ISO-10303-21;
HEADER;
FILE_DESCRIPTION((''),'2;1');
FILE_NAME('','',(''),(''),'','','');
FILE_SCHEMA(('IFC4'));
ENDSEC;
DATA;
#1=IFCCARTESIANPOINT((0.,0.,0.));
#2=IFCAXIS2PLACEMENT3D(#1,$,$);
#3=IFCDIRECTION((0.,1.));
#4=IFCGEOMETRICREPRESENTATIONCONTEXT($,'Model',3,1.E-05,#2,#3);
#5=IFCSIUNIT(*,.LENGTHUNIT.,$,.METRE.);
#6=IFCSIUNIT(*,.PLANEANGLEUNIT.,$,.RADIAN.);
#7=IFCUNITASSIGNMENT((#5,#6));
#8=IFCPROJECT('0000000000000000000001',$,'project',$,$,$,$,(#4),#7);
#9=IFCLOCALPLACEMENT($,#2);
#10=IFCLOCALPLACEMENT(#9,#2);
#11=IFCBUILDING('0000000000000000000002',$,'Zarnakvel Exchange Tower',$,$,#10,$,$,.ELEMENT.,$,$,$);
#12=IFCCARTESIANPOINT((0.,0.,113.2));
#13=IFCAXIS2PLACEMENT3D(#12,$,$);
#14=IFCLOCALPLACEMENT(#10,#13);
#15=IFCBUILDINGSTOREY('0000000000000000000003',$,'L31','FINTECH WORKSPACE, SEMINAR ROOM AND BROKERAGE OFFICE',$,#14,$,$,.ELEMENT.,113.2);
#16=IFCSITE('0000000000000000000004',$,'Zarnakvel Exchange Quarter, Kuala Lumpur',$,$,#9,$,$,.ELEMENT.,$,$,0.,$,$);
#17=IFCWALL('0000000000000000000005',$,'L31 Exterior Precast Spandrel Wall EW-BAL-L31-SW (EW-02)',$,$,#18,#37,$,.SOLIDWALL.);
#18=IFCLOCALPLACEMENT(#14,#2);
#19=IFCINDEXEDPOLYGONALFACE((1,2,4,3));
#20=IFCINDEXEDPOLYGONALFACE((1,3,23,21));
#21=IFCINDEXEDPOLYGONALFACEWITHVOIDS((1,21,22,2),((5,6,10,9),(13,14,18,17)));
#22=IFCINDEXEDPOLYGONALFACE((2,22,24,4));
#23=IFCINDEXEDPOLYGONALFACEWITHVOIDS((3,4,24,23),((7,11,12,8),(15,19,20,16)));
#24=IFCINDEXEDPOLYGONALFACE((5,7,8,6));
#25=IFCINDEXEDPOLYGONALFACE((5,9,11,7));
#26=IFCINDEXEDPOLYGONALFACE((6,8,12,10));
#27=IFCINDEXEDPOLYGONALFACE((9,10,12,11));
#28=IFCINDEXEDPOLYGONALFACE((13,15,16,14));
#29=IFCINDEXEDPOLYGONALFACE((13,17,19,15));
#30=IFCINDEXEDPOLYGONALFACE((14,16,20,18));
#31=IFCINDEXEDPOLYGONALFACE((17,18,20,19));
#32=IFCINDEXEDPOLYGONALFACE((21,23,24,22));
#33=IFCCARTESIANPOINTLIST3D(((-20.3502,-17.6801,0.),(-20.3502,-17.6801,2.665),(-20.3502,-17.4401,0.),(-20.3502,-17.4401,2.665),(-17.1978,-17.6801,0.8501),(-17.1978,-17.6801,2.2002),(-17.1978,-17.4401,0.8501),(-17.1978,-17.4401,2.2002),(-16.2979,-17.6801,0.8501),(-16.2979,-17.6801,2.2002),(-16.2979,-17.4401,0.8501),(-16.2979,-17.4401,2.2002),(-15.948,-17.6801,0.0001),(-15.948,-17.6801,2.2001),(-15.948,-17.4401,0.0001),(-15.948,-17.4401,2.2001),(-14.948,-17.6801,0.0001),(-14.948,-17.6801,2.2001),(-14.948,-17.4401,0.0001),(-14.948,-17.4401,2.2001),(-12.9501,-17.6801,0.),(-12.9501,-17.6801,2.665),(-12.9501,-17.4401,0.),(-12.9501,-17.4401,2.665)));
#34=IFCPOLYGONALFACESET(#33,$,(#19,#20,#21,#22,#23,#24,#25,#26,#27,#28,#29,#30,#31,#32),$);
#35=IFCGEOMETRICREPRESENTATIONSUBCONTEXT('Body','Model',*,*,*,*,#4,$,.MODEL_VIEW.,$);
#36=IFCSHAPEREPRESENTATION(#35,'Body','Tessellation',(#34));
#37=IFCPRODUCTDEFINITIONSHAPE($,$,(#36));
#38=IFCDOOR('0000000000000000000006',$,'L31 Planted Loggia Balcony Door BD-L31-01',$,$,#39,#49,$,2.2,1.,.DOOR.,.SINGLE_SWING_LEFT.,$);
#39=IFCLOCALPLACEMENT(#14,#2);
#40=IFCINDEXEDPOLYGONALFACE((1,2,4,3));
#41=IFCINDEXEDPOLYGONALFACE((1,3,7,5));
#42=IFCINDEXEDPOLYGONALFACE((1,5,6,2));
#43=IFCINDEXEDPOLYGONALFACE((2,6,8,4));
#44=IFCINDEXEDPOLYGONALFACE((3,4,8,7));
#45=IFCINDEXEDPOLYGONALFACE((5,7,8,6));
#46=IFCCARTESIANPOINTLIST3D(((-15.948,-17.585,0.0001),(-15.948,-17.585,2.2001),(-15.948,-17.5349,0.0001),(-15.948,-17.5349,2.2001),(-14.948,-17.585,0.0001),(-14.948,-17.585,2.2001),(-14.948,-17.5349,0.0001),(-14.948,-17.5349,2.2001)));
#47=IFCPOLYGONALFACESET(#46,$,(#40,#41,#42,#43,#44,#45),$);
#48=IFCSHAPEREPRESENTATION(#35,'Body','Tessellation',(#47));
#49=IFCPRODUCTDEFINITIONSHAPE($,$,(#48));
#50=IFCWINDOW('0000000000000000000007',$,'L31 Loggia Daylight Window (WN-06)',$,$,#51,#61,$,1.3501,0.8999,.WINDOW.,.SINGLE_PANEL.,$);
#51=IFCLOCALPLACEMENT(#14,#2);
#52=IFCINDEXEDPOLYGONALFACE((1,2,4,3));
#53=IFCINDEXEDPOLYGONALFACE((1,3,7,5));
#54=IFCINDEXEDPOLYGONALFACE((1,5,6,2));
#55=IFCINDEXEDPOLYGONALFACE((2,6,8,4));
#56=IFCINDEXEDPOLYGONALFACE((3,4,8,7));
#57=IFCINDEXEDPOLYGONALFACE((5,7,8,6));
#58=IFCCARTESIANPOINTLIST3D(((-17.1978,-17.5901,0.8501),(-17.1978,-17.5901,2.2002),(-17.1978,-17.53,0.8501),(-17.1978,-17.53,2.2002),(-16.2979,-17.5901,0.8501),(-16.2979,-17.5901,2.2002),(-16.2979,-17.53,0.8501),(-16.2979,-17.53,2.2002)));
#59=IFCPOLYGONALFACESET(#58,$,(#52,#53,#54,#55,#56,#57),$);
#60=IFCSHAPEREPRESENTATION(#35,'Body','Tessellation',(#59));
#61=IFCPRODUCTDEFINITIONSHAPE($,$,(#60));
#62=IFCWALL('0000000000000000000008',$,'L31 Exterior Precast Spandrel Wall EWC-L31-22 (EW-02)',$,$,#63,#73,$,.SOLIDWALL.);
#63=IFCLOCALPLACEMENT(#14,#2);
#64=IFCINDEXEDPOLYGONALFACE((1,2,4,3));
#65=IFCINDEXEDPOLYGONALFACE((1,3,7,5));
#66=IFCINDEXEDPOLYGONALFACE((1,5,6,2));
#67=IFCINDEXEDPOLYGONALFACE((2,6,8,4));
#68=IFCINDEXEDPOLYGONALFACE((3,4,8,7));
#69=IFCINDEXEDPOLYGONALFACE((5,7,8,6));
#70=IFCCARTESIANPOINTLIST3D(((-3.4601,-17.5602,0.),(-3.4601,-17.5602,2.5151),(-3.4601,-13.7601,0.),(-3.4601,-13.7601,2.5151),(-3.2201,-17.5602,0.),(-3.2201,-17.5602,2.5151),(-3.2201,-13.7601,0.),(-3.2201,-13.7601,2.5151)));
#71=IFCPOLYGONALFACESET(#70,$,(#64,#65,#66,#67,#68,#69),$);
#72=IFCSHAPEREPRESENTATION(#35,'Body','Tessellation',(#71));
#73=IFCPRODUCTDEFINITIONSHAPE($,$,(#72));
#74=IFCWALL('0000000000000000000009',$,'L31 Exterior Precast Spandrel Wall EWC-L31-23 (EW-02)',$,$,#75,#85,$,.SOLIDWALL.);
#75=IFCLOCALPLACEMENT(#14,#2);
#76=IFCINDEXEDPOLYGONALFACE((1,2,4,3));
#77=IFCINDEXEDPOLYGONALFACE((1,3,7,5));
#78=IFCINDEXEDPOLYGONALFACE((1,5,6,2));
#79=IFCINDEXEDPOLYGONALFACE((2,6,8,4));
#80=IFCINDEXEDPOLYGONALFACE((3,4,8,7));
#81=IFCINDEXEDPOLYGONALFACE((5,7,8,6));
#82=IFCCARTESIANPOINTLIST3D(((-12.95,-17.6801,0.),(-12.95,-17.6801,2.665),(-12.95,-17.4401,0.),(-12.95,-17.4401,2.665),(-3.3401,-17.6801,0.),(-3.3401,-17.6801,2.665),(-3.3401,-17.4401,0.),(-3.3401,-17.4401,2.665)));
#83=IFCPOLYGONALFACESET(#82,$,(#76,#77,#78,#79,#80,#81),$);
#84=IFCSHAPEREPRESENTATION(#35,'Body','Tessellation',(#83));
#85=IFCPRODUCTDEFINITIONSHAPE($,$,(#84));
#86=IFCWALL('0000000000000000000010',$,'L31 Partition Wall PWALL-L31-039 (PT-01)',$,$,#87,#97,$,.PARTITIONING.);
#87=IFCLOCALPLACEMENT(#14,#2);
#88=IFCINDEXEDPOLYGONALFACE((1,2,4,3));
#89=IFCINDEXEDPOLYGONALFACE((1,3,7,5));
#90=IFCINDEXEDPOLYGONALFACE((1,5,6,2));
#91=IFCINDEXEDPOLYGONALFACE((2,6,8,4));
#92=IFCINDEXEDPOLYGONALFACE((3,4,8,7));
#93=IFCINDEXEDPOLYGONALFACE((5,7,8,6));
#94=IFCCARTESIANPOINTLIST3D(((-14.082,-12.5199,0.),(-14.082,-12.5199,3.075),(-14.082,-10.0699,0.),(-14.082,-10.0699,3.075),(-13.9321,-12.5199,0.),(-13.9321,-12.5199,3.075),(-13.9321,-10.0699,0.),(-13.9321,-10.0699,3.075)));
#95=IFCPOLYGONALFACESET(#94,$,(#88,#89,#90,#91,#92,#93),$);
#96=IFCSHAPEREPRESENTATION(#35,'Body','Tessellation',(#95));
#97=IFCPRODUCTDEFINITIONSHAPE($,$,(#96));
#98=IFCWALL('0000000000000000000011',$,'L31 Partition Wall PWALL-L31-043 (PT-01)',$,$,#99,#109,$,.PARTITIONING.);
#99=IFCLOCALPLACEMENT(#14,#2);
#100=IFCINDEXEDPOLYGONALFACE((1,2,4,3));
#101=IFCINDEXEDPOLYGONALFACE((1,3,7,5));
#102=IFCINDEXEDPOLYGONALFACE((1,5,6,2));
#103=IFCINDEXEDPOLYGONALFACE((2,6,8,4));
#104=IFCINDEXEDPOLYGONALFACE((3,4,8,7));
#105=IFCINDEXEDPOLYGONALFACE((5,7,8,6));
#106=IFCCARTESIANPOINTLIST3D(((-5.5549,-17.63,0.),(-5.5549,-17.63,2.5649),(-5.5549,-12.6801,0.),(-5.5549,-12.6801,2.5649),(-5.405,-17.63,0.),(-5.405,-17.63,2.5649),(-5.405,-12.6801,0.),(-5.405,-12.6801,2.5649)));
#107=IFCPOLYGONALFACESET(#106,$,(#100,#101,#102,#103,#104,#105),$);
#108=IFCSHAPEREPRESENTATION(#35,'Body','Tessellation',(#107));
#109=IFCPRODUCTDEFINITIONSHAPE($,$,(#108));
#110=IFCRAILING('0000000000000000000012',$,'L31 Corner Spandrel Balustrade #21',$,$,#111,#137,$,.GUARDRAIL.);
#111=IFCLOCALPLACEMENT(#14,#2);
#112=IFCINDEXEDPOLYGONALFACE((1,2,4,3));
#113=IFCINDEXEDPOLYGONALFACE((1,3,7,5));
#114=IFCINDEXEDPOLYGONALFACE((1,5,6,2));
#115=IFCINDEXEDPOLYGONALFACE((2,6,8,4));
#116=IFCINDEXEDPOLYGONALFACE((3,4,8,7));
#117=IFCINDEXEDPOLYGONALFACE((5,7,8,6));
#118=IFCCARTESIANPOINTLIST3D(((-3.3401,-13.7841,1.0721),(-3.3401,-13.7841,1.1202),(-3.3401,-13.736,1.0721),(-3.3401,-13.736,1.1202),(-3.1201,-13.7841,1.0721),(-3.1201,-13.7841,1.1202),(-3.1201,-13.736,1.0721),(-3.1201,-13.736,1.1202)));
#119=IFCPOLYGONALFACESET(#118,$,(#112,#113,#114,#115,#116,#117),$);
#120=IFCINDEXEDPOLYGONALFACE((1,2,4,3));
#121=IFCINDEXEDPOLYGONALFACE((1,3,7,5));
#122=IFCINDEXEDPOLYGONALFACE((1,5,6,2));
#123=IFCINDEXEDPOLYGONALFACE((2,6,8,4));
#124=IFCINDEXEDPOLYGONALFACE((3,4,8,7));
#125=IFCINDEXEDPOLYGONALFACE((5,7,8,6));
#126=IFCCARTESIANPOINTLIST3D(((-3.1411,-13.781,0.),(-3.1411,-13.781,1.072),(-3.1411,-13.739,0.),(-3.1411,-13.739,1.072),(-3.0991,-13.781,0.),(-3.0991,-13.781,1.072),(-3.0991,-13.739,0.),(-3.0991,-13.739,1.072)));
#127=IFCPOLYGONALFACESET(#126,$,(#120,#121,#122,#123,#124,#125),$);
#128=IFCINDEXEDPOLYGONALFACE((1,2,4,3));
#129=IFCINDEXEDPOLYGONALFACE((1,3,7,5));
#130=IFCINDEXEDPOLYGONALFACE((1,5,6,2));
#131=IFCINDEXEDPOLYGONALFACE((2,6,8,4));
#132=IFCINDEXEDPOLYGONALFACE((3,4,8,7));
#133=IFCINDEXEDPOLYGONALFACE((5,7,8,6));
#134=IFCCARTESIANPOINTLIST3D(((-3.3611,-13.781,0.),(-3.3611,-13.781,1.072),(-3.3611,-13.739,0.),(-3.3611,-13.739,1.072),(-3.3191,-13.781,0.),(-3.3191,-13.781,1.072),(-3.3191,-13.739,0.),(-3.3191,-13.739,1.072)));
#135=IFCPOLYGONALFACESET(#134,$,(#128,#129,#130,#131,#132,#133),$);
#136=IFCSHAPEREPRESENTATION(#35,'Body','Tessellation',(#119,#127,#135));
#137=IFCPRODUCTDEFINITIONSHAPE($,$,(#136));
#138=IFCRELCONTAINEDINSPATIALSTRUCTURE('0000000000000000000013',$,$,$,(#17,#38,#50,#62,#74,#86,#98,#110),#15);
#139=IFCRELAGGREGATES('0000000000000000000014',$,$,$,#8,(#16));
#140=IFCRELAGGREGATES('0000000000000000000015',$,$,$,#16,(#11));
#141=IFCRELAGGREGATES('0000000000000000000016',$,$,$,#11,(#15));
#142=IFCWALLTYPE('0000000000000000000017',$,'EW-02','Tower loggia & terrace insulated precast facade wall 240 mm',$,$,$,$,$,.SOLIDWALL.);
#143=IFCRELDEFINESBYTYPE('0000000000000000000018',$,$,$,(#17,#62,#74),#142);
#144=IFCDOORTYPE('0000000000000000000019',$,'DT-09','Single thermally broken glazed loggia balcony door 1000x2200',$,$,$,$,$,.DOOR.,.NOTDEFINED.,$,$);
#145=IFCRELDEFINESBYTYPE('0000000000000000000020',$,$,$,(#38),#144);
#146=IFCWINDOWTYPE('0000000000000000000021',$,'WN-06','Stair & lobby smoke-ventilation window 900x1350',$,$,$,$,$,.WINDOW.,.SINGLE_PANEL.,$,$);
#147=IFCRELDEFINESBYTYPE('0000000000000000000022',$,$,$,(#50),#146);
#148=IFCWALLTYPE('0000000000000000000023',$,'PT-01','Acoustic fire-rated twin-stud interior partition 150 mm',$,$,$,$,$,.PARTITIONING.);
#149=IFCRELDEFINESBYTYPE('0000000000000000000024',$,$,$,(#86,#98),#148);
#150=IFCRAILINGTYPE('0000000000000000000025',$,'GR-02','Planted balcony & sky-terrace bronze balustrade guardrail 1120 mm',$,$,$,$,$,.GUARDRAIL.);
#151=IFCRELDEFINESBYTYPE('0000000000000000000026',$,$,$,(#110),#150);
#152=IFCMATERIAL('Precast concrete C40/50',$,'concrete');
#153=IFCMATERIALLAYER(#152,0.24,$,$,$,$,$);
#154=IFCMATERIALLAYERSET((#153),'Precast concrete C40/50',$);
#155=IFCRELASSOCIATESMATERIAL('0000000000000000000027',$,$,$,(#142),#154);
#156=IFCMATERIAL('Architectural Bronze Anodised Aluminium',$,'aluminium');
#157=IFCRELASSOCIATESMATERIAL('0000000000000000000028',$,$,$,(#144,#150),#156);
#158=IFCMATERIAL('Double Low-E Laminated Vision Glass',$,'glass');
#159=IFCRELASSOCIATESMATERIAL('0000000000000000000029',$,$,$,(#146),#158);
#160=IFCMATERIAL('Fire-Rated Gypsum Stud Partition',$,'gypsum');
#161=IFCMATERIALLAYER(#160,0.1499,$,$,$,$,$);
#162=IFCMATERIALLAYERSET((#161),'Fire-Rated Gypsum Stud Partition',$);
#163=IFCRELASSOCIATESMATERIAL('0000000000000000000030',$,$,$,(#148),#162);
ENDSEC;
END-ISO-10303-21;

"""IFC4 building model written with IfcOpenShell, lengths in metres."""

from ifc_helpers import new_model, si_unit, direction, frame, frame_2d, origin, origin_2d, place, context, subcontext, project, spatial, rectangle, extrude, source, transform, mapped, material, layer, layer_set, type_object, element, fill, save


model = new_model("IFC4")

# Units and contexts
model_context = context("Model", 3, precision=1e-05, world=origin(), true_north=direction((0.0, 1.0)))
body_context = subcontext(model_context, "Body", "Model", "MODEL_VIEW")
ifc_project = project(units=[si_unit("LENGTHUNIT", "METRE"), si_unit("PLANEANGLEUNIT", "RADIAN")], contexts=[model_context])

# Site, building, storey
site_placement = place(None, origin())
site = spatial("IfcSite", under=ifc_project, at=site_placement, Name="Zarnakvel Exchange Quarter, Kuala Lumpur", CompositionType="ELEMENT", RefElevation=0.0)
building_placement = place(site_placement, origin())
building = spatial("IfcBuilding", under=site, at=building_placement, Name="Zarnakvel Exchange Tower", CompositionType="ELEMENT")
storey_placement = place(building_placement, frame((0.0, 0.0, 113.2)))
storey = spatial("IfcBuildingStorey", under=building, at=storey_placement, Name="L31", Description="FINTECH WORKSPACE, SEMINAR ROOM AND BROKERAGE OFFICE", CompositionType="ELEMENT", Elevation=113.2)

# Shared definitions
ifc_material_1 = material(Name="Architectural Bronze Anodised Aluminium", Category="aluminium")

# Shared definitions
ifc_material_2 = material(Name="Double Low-E Laminated Vision Glass", Category="glass")

# Wall, openings, door, window
ifc_material_3 = material(Name="Precast concrete C40/50", Category="concrete")
ifc_layer_1 = layer(ifc_material_3, 0.24)
ifc_layer_set_1 = layer_set([ifc_layer_1], Name="Precast concrete C40/50")
wall_type_1 = type_object("IfcWallType", Name="EW-02", Description="Tower loggia & terrace insulated precast facade wall 240 mm", PredefinedType="SOLIDWALL", material=ifc_layer_set_1)
wall_1_placement = place(storey_placement, frame((-12.95, -17.5601, 0.0), z_axis=(0.0, 0.0, 1.0), x_axis=(-1.0, 0.0, 0.0)))
wall_1 = element("IfcWall", 1, at=wall_1_placement, inside=storey, type_object=wall_type_1, Name="L31 Exterior Precast Spandrel Wall EW-BAL-L31-SW (EW-02)", PredefinedType="SOLIDWALL", context=body_context, shape_type="SweptSolid", body=[
    extrude(rectangle(XDim=7.4001, YDim=0.24, at=frame_2d((3.7002, 0.0))), origin(), (0.0, 0.0, 1.0), 2.665),
])
opening_1_placement = place(wall_1_placement, frame((1.998, 0.0, 0.0)))
opening_1 = element("IfcOpeningElement", 2, at=opening_1_placement, cuts=wall_1, PredefinedType="OPENING", context=body_context, shape_type="SweptSolid", body=[
    extrude(rectangle(XDim=1.0, YDim=2.2, at=frame_2d((0.5, 1.1001))), frame((0.0, 0.1299, 0.0), z_axis=(0.0, -1.0, 0.0), x_axis=(1.0, 0.0, 0.0)), (0.0, 0.0, 1.0), 0.26),
])
opening_2_placement = place(wall_1_placement, frame((3.3479, 0.0, 0.8501)))
opening_2 = element("IfcOpeningElement", 3, at=opening_2_placement, cuts=wall_1, PredefinedType="OPENING", context=body_context, shape_type="SweptSolid", body=[
    extrude(rectangle(XDim=0.8999, YDim=1.3501, at=frame_2d((0.45, 0.675))), frame((0.0, 0.1299, 0.0), z_axis=(0.0, -1.0, 0.0), x_axis=(1.0, 0.0, 0.0)), (0.0, 0.0, 1.0), 0.26),
])
door_type_1 = type_object("IfcDoorType", Name="DT-09", Description="Single thermally broken glazed loggia balcony door 1000x2200", OperationType="NOTDEFINED", PredefinedType="DOOR", material=ifc_material_1)
shared_shape_1 = source(origin(), body_context, "Body", "SweptSolid", [
    extrude(rectangle(XDim=1.0, YDim=2.2, at=frame_2d((0.5, 1.1001))), frame((0.0, 0.0249, 0.0), z_axis=(0.0, -1.0, 0.0), x_axis=(1.0, 0.0, 0.0)), (0.0, 0.0, 1.0), 0.05),
])
door_1_placement = place(opening_1_placement, origin())
door_1 = element("IfcDoor", 4, at=door_1_placement, inside=storey, type_object=door_type_1, Name="L31 Planted Loggia Balcony Door BD-L31-01", OperationType="SINGLE_SWING_LEFT", OverallHeight=2.2, OverallWidth=1.0, PredefinedType="DOOR", context=body_context, shape_type="MappedRepresentation", body=[
    mapped(shared_shape_1, transform((0.0, 0.0, 0.0), x_axis=(1.0, 0.0, 0.0), y_axis=(0.0, 1.0, 0.0), z_axis=(0.0, 0.0, 1.0), scale=1.0)),
])
fill(opening_1, door_1)
window_type = type_object("IfcWindowType", Name="WN-06", Description="Stair & lobby smoke-ventilation window 900x1350", PartitioningType="SINGLE_PANEL", PredefinedType="WINDOW", material=ifc_material_2)
shared_shape_2 = source(origin(), body_context, "Body", "SweptSolid", [
    extrude(rectangle(XDim=0.8999, YDim=1.3501, at=frame_2d((0.45, 0.675))), frame((0.0, 0.03, 0.0), z_axis=(0.0, -1.0, 0.0), x_axis=(1.0, 0.0, 0.0)), (0.0, 0.0, 1.0), 0.0601),
])
window_placement = place(opening_2_placement, origin())
window = element("IfcWindow", 5, at=window_placement, inside=storey, type_object=window_type, Name="L31 Loggia Daylight Window (WN-06)", OverallHeight=1.3501, OverallWidth=0.8999, PartitioningType="SINGLE_PANEL", PredefinedType="WINDOW", context=body_context, shape_type="MappedRepresentation", body=[
    mapped(shared_shape_2, transform((0.0, 0.0, 0.0), x_axis=(1.0, 0.0, 0.0), y_axis=(0.0, 1.0, 0.0), z_axis=(0.0, 0.0, 1.0), scale=1.0)),
])
fill(opening_2, window)

# Walls
wall_2_placement = place(storey_placement, frame((-3.3401, -17.5601, 0.0), z_axis=(0.0, 0.0, 1.0), x_axis=(0.0, 1.0, 0.0)))
element("IfcWall", 6, at=wall_2_placement, inside=storey, type_object=wall_type_1, Name="L31 Exterior Precast Spandrel Wall EWC-L31-22 (EW-02)", PredefinedType="SOLIDWALL", context=body_context, shape_type="SweptSolid", body=[
    extrude(rectangle(XDim=3.8, YDim=0.24, at=frame_2d((1.8999, 0.0))), origin(), (0.0, 0.0, 1.0), 2.5151),
])
wall_3_placement = place(storey_placement, frame((-12.95, -17.5601, 0.0), z_axis=(0.0, 0.0, 1.0), x_axis=(1.0, 0.0, 0.0)))
element("IfcWall", 7, at=wall_3_placement, inside=storey, type_object=wall_type_1, Name="L31 Exterior Precast Spandrel Wall EWC-L31-23 (EW-02)", PredefinedType="SOLIDWALL", context=body_context, shape_type="SweptSolid", body=[
    extrude(rectangle(XDim=9.6099, YDim=0.24, at=frame_2d((4.8049, 0.0))), origin(), (0.0, 0.0, 1.0), 2.665),
])

# Shared definitions
ifc_material_4 = material(Name="Fire-Rated Gypsum Stud Partition", Category="gypsum")
ifc_layer_2 = layer(ifc_material_4, 0.1499)
ifc_layer_set_2 = layer_set([ifc_layer_2], Name="Fire-Rated Gypsum Stud Partition")
wall_type_2 = type_object("IfcWallType", Name="PT-01", Description="Acoustic fire-rated twin-stud interior partition 150 mm", PredefinedType="PARTITIONING", material=ifc_layer_set_2)

# Walls
wall_4_placement = place(storey_placement, frame((-14.0071, -12.52, 0.0), z_axis=(0.0, 0.0, 1.0), x_axis=(0.0, 1.0, 0.0)))
element("IfcWall", 8, at=wall_4_placement, inside=storey, type_object=wall_type_2, Name="L31 Partition Wall PWALL-L31-039 (PT-01)", PredefinedType="PARTITIONING", context=body_context, shape_type="SweptSolid", body=[
    extrude(rectangle(XDim=2.45, YDim=0.1499, at=frame_2d((1.2251, 0.0))), origin(), (0.0, 0.0, 1.0), 3.075),
])
wall_5_placement = place(storey_placement, frame((-5.48, -12.6799, 0.0), z_axis=(0.0, 0.0, 1.0), x_axis=(0.0, -1.0, 0.0)))
element("IfcWall", 9, at=wall_5_placement, inside=storey, type_object=wall_type_2, Name="L31 Partition Wall PWALL-L31-043 (PT-01)", PredefinedType="PARTITIONING", context=body_context, shape_type="SweptSolid", body=[
    extrude(rectangle(XDim=4.95, YDim=0.1499, at=frame_2d((2.4751, 0.0))), origin(), (0.0, 0.0, 1.0), 2.5649),
])

# Railing
railing_type = type_object("IfcRailingType", Name="GR-02", Description="Planted balcony & sky-terrace bronze balustrade guardrail 1120 mm", PredefinedType="GUARDRAIL", material=ifc_material_1)
railing_placement = place(storey_placement, frame((-3.1201, -13.76, 0.0)))
element("IfcRailing", 10, at=railing_placement, inside=storey, type_object=railing_type, Name="L31 Corner Spandrel Balustrade #21", PredefinedType="GUARDRAIL", context=body_context, shape_type="SweptSolid", body=[
    extrude(rectangle(XDim=0.0481, YDim=0.0481, at=origin_2d()), frame((0.0, 0.0, 1.0962), z_axis=(-1.0, 0.0, 0.0), x_axis=(0.0, -1.0, 0.0)), (0.0, 0.0, 1.0), 0.22),
    extrude(rectangle(XDim=0.042, YDim=0.042, at=origin_2d()), origin(), (0.0, 0.0, 1.0), 1.072),
    extrude(rectangle(XDim=0.042, YDim=0.042, at=origin_2d()), frame((-0.22, 0.0, 0.0)), (0.0, 0.0, 1.0), 1.072),
])

save(model, "model.ifc")
